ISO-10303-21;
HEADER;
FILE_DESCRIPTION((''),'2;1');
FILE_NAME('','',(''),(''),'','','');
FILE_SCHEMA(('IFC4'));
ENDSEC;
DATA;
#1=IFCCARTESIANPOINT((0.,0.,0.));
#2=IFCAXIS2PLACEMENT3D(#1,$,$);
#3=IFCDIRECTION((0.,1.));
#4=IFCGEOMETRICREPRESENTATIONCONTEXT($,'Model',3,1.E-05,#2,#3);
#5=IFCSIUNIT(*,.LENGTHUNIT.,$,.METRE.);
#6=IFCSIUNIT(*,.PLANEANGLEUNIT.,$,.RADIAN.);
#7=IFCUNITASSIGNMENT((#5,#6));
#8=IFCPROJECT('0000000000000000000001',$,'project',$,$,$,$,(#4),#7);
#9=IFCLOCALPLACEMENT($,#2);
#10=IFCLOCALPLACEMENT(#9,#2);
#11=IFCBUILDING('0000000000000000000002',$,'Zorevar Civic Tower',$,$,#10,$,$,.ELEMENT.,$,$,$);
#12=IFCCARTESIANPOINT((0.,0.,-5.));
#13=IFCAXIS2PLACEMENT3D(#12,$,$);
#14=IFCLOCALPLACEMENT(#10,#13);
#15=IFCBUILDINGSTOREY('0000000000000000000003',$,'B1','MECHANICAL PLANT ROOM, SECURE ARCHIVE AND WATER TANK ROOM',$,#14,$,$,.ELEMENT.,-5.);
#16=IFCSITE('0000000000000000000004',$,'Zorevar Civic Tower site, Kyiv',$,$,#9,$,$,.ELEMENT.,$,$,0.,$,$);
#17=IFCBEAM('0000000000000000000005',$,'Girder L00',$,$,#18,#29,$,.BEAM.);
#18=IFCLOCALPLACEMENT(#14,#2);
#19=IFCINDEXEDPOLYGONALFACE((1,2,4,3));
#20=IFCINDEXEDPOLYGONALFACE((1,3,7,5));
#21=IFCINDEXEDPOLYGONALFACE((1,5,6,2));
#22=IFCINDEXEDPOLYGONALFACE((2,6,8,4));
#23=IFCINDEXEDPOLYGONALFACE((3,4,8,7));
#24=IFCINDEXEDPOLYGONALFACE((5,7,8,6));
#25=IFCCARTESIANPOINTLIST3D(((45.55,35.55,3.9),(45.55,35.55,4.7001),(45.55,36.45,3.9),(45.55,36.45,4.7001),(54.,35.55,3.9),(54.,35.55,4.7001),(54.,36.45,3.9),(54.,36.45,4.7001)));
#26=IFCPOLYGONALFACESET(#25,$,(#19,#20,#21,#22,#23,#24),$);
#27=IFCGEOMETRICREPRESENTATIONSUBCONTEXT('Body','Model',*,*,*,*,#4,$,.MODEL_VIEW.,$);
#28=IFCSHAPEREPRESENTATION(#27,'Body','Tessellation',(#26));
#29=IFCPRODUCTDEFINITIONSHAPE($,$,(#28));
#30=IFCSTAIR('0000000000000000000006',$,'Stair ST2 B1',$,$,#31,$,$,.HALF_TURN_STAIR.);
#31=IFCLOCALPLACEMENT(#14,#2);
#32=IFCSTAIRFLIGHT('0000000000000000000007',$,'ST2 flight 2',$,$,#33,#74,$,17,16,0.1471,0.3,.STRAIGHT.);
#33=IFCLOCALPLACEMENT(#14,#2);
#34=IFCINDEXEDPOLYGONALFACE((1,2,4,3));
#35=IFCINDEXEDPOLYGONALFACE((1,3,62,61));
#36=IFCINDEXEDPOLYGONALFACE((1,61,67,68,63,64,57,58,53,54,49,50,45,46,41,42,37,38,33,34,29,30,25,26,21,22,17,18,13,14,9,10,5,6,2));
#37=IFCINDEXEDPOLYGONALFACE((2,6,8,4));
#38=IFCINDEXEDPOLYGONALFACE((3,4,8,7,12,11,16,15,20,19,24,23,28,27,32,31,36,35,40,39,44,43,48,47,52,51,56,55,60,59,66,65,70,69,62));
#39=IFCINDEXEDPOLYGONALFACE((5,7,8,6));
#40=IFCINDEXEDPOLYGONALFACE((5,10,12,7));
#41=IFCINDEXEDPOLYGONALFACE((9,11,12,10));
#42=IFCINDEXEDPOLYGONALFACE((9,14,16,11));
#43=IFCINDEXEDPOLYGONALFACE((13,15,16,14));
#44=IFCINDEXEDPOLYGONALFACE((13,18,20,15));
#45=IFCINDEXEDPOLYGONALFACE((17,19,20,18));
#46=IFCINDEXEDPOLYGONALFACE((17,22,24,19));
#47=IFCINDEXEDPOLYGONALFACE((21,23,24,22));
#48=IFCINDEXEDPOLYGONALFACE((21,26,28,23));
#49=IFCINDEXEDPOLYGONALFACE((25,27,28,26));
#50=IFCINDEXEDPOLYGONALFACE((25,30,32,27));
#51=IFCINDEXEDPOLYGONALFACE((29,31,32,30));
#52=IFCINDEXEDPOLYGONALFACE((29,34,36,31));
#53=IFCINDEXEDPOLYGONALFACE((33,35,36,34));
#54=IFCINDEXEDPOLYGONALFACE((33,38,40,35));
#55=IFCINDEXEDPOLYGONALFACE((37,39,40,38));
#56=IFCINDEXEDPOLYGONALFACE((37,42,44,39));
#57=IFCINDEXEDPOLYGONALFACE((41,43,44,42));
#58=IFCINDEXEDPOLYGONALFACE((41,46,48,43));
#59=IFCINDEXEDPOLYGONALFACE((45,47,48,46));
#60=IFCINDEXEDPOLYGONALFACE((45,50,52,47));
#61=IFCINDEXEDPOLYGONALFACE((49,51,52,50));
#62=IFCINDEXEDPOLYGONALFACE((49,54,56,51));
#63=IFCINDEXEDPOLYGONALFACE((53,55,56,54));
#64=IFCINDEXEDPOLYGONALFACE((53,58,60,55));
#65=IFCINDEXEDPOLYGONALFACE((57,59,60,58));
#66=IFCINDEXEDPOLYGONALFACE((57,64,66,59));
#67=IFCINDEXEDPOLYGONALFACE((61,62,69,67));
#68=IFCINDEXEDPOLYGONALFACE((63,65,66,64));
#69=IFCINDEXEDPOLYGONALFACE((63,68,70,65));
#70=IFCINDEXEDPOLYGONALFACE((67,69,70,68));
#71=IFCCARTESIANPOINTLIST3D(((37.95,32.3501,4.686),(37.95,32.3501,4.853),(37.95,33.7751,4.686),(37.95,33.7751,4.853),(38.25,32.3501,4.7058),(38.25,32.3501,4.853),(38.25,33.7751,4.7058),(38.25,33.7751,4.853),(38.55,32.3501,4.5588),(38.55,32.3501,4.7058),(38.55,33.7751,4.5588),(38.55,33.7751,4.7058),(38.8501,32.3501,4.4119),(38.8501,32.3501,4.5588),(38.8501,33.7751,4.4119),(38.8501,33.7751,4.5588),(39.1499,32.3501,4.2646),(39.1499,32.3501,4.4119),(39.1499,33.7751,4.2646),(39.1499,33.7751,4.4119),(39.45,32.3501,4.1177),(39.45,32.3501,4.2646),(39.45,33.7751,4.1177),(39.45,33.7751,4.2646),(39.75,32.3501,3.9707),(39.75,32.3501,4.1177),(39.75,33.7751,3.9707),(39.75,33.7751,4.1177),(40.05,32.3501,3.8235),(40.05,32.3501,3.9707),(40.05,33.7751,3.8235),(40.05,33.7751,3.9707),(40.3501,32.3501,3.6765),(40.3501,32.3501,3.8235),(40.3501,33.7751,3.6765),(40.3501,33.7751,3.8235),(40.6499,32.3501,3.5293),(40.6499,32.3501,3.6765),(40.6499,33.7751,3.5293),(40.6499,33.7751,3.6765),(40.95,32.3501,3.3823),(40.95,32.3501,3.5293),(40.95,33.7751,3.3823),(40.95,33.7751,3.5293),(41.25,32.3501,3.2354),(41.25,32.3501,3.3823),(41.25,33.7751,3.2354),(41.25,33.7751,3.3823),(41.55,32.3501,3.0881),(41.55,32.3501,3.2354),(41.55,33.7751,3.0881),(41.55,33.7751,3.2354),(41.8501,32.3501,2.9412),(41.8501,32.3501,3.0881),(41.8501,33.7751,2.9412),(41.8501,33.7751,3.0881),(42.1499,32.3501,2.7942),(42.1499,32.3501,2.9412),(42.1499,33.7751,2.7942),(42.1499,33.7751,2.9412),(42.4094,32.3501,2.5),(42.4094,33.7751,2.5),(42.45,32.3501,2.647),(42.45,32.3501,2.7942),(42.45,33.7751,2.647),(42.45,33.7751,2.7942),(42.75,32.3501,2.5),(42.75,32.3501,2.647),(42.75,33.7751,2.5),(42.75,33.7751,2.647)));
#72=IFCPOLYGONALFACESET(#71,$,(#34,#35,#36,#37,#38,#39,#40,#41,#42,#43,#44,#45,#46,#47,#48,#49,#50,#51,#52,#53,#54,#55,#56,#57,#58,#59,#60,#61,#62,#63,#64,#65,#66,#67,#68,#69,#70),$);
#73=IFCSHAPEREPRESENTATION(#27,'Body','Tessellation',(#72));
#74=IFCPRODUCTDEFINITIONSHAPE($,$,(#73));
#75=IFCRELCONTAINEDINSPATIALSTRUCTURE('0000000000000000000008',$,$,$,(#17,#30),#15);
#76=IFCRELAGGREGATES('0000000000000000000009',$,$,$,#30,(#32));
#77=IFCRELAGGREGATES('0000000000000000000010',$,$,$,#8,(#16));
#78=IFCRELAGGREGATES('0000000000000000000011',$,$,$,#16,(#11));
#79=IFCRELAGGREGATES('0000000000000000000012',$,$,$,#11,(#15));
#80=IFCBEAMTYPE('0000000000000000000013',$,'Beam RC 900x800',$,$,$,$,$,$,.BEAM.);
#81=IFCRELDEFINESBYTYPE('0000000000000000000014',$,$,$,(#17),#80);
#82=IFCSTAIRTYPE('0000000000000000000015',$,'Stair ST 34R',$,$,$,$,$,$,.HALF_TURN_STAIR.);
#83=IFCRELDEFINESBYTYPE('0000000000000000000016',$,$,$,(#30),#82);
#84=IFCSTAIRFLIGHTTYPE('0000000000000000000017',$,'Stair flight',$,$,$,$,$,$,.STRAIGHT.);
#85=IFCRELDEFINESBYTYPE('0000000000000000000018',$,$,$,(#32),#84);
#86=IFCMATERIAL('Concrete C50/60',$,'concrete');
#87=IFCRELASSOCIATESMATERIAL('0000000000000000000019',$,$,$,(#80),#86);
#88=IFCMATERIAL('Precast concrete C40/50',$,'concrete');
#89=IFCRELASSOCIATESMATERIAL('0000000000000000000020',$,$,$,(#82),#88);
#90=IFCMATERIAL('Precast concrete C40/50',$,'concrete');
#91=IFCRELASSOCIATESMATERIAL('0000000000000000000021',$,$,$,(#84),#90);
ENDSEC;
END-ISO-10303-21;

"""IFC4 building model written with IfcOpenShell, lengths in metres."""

from ifc_helpers import new_model, si_unit, direction, frame, origin, origin_2d, place, context, subcontext, project, spatial, polyline, rectangle, outline, extrude, material, material_profile, profile_set, type_object, element, aggregate, save


model = new_model("IFC4")

# Units and contexts
model_context = context("Model", 3, precision=1e-05, world=origin(), true_north=direction((0.0, 1.0)))
body_context = subcontext(model_context, "Body", "Model", "MODEL_VIEW")
ifc_project = project(units=[si_unit("LENGTHUNIT", "METRE"), si_unit("PLANEANGLEUNIT", "RADIAN")], contexts=[model_context])

# Site, building, storey
site_placement = place(None, origin())
site = spatial("IfcSite", under=ifc_project, at=site_placement, Name="Zorevar Civic Tower site, Kyiv", CompositionType="ELEMENT", RefElevation=0.0)
building_placement = place(site_placement, origin())
building = spatial("IfcBuilding", under=site, at=building_placement, Name="Zorevar Civic Tower", CompositionType="ELEMENT")
storey_placement = place(building_placement, frame((0.0, 0.0, -5.0)))
storey = spatial("IfcBuildingStorey", under=building, at=storey_placement, Name="B1", Description="MECHANICAL PLANT ROOM, SECURE ARCHIVE AND WATER TANK ROOM", CompositionType="ELEMENT", Elevation=-5.0)

# Beam
ifc_material_1 = material(Name="Concrete C50/60", Category="concrete")
ifc_material_profile_1 = material_profile(ifc_material_1, rectangle(XDim=0.8999, YDim=0.8, at=origin_2d()), Name="RC 900x800")
ifc_profile_set_1 = profile_set([ifc_material_profile_1], Name="Concrete C50/60")
beam_type_1 = type_object("IfcBeamType", Name="Beam RC 900x800", PredefinedType="BEAM", material=ifc_profile_set_1)
beam_1_placement = place(storey_placement, frame((45.55, 36.0, 4.3), z_axis=(1.0, 0.0, 0.0), x_axis=(0.0, 1.0, 0.0)))
element("IfcBeam", 1, at=beam_1_placement, inside=storey, type_object=beam_type_1, Name="Girder L00", PredefinedType="BEAM", context=body_context, shape_type="SweptSolid", body=[
    extrude(rectangle(XDim=0.8999, YDim=0.8, at=origin_2d()), origin(), (0.0, 0.0, 1.0), 8.45),
])

# Stair, stair flight
ifc_material_2 = material(Name="Precast concrete C40/50", Category="concrete")
stair_type = type_object("IfcStairType", Name="Stair ST 34R", PredefinedType="HALF_TURN_STAIR", material=ifc_material_2)
stair_placement = place(storey_placement, origin())
stair = element("IfcStair", 2, at=stair_placement, inside=storey, type_object=stair_type, Name="Stair ST2 B1", PredefinedType="HALF_TURN_STAIR")
ifc_material_3 = material(Name="Precast concrete C40/50", Category="concrete")
stair_flight_type = type_object("IfcStairFlightType", Name="Stair flight", PredefinedType="STRAIGHT", material=ifc_material_3)
stair_flight_placement = place(storey_placement, frame((42.75, 33.0625, 2.5), z_axis=(0.0, 0.0, 1.0), x_axis=(-1.0, 0.0, 0.0)))
stair_flight = element("IfcStairFlight", 3, at=stair_flight_placement, type_object=stair_flight_type, Name="ST2 flight 2", NumberOfRisers=17, NumberOfTreads=16, PredefinedType="STRAIGHT", RiserHeight=0.1471, TreadLength=0.3, context=body_context, shape_type="SweptSolid", body=[
    extrude(outline(polyline([(0.0, 0.0), (0.0, 0.147), (0.3, 0.147), (0.3, 0.2942), (0.6001, 0.2942), (0.6001, 0.4412), (0.8999, 0.4412), (0.8999, 0.5881), (1.2, 0.5881), (1.2, 0.7354), (1.5, 0.7354), (1.5, 0.8823), (1.8, 0.8823), (1.8, 1.0293), (2.1001, 1.0293), (2.1001, 1.1765), (2.3999, 1.1765), (2.3999, 1.3235), (2.7, 1.3235), (2.7, 1.4707), (3.0, 1.4707), (3.0, 1.6177), (3.3, 1.6177), (3.3, 1.7646), (3.6001, 1.7646), (3.6001, 1.9119), (3.8999, 1.9119), (3.8999, 2.0588), (4.2, 2.0588), (4.2, 2.2058), (4.5, 2.2058), (4.5, 2.353), (4.8, 2.353), (4.8, 2.5), (4.8, 2.186), (0.3406, 0.0), (0.0, 0.0)])), frame((0.0, 0.7124, 0.0), z_axis=(0.0, -1.0, 0.0), x_axis=(1.0, 0.0, 0.0)), (0.0, 0.0, 1.0), 1.425),
])
aggregate(stair, [stair_flight])

save(model, "model.ifc")
